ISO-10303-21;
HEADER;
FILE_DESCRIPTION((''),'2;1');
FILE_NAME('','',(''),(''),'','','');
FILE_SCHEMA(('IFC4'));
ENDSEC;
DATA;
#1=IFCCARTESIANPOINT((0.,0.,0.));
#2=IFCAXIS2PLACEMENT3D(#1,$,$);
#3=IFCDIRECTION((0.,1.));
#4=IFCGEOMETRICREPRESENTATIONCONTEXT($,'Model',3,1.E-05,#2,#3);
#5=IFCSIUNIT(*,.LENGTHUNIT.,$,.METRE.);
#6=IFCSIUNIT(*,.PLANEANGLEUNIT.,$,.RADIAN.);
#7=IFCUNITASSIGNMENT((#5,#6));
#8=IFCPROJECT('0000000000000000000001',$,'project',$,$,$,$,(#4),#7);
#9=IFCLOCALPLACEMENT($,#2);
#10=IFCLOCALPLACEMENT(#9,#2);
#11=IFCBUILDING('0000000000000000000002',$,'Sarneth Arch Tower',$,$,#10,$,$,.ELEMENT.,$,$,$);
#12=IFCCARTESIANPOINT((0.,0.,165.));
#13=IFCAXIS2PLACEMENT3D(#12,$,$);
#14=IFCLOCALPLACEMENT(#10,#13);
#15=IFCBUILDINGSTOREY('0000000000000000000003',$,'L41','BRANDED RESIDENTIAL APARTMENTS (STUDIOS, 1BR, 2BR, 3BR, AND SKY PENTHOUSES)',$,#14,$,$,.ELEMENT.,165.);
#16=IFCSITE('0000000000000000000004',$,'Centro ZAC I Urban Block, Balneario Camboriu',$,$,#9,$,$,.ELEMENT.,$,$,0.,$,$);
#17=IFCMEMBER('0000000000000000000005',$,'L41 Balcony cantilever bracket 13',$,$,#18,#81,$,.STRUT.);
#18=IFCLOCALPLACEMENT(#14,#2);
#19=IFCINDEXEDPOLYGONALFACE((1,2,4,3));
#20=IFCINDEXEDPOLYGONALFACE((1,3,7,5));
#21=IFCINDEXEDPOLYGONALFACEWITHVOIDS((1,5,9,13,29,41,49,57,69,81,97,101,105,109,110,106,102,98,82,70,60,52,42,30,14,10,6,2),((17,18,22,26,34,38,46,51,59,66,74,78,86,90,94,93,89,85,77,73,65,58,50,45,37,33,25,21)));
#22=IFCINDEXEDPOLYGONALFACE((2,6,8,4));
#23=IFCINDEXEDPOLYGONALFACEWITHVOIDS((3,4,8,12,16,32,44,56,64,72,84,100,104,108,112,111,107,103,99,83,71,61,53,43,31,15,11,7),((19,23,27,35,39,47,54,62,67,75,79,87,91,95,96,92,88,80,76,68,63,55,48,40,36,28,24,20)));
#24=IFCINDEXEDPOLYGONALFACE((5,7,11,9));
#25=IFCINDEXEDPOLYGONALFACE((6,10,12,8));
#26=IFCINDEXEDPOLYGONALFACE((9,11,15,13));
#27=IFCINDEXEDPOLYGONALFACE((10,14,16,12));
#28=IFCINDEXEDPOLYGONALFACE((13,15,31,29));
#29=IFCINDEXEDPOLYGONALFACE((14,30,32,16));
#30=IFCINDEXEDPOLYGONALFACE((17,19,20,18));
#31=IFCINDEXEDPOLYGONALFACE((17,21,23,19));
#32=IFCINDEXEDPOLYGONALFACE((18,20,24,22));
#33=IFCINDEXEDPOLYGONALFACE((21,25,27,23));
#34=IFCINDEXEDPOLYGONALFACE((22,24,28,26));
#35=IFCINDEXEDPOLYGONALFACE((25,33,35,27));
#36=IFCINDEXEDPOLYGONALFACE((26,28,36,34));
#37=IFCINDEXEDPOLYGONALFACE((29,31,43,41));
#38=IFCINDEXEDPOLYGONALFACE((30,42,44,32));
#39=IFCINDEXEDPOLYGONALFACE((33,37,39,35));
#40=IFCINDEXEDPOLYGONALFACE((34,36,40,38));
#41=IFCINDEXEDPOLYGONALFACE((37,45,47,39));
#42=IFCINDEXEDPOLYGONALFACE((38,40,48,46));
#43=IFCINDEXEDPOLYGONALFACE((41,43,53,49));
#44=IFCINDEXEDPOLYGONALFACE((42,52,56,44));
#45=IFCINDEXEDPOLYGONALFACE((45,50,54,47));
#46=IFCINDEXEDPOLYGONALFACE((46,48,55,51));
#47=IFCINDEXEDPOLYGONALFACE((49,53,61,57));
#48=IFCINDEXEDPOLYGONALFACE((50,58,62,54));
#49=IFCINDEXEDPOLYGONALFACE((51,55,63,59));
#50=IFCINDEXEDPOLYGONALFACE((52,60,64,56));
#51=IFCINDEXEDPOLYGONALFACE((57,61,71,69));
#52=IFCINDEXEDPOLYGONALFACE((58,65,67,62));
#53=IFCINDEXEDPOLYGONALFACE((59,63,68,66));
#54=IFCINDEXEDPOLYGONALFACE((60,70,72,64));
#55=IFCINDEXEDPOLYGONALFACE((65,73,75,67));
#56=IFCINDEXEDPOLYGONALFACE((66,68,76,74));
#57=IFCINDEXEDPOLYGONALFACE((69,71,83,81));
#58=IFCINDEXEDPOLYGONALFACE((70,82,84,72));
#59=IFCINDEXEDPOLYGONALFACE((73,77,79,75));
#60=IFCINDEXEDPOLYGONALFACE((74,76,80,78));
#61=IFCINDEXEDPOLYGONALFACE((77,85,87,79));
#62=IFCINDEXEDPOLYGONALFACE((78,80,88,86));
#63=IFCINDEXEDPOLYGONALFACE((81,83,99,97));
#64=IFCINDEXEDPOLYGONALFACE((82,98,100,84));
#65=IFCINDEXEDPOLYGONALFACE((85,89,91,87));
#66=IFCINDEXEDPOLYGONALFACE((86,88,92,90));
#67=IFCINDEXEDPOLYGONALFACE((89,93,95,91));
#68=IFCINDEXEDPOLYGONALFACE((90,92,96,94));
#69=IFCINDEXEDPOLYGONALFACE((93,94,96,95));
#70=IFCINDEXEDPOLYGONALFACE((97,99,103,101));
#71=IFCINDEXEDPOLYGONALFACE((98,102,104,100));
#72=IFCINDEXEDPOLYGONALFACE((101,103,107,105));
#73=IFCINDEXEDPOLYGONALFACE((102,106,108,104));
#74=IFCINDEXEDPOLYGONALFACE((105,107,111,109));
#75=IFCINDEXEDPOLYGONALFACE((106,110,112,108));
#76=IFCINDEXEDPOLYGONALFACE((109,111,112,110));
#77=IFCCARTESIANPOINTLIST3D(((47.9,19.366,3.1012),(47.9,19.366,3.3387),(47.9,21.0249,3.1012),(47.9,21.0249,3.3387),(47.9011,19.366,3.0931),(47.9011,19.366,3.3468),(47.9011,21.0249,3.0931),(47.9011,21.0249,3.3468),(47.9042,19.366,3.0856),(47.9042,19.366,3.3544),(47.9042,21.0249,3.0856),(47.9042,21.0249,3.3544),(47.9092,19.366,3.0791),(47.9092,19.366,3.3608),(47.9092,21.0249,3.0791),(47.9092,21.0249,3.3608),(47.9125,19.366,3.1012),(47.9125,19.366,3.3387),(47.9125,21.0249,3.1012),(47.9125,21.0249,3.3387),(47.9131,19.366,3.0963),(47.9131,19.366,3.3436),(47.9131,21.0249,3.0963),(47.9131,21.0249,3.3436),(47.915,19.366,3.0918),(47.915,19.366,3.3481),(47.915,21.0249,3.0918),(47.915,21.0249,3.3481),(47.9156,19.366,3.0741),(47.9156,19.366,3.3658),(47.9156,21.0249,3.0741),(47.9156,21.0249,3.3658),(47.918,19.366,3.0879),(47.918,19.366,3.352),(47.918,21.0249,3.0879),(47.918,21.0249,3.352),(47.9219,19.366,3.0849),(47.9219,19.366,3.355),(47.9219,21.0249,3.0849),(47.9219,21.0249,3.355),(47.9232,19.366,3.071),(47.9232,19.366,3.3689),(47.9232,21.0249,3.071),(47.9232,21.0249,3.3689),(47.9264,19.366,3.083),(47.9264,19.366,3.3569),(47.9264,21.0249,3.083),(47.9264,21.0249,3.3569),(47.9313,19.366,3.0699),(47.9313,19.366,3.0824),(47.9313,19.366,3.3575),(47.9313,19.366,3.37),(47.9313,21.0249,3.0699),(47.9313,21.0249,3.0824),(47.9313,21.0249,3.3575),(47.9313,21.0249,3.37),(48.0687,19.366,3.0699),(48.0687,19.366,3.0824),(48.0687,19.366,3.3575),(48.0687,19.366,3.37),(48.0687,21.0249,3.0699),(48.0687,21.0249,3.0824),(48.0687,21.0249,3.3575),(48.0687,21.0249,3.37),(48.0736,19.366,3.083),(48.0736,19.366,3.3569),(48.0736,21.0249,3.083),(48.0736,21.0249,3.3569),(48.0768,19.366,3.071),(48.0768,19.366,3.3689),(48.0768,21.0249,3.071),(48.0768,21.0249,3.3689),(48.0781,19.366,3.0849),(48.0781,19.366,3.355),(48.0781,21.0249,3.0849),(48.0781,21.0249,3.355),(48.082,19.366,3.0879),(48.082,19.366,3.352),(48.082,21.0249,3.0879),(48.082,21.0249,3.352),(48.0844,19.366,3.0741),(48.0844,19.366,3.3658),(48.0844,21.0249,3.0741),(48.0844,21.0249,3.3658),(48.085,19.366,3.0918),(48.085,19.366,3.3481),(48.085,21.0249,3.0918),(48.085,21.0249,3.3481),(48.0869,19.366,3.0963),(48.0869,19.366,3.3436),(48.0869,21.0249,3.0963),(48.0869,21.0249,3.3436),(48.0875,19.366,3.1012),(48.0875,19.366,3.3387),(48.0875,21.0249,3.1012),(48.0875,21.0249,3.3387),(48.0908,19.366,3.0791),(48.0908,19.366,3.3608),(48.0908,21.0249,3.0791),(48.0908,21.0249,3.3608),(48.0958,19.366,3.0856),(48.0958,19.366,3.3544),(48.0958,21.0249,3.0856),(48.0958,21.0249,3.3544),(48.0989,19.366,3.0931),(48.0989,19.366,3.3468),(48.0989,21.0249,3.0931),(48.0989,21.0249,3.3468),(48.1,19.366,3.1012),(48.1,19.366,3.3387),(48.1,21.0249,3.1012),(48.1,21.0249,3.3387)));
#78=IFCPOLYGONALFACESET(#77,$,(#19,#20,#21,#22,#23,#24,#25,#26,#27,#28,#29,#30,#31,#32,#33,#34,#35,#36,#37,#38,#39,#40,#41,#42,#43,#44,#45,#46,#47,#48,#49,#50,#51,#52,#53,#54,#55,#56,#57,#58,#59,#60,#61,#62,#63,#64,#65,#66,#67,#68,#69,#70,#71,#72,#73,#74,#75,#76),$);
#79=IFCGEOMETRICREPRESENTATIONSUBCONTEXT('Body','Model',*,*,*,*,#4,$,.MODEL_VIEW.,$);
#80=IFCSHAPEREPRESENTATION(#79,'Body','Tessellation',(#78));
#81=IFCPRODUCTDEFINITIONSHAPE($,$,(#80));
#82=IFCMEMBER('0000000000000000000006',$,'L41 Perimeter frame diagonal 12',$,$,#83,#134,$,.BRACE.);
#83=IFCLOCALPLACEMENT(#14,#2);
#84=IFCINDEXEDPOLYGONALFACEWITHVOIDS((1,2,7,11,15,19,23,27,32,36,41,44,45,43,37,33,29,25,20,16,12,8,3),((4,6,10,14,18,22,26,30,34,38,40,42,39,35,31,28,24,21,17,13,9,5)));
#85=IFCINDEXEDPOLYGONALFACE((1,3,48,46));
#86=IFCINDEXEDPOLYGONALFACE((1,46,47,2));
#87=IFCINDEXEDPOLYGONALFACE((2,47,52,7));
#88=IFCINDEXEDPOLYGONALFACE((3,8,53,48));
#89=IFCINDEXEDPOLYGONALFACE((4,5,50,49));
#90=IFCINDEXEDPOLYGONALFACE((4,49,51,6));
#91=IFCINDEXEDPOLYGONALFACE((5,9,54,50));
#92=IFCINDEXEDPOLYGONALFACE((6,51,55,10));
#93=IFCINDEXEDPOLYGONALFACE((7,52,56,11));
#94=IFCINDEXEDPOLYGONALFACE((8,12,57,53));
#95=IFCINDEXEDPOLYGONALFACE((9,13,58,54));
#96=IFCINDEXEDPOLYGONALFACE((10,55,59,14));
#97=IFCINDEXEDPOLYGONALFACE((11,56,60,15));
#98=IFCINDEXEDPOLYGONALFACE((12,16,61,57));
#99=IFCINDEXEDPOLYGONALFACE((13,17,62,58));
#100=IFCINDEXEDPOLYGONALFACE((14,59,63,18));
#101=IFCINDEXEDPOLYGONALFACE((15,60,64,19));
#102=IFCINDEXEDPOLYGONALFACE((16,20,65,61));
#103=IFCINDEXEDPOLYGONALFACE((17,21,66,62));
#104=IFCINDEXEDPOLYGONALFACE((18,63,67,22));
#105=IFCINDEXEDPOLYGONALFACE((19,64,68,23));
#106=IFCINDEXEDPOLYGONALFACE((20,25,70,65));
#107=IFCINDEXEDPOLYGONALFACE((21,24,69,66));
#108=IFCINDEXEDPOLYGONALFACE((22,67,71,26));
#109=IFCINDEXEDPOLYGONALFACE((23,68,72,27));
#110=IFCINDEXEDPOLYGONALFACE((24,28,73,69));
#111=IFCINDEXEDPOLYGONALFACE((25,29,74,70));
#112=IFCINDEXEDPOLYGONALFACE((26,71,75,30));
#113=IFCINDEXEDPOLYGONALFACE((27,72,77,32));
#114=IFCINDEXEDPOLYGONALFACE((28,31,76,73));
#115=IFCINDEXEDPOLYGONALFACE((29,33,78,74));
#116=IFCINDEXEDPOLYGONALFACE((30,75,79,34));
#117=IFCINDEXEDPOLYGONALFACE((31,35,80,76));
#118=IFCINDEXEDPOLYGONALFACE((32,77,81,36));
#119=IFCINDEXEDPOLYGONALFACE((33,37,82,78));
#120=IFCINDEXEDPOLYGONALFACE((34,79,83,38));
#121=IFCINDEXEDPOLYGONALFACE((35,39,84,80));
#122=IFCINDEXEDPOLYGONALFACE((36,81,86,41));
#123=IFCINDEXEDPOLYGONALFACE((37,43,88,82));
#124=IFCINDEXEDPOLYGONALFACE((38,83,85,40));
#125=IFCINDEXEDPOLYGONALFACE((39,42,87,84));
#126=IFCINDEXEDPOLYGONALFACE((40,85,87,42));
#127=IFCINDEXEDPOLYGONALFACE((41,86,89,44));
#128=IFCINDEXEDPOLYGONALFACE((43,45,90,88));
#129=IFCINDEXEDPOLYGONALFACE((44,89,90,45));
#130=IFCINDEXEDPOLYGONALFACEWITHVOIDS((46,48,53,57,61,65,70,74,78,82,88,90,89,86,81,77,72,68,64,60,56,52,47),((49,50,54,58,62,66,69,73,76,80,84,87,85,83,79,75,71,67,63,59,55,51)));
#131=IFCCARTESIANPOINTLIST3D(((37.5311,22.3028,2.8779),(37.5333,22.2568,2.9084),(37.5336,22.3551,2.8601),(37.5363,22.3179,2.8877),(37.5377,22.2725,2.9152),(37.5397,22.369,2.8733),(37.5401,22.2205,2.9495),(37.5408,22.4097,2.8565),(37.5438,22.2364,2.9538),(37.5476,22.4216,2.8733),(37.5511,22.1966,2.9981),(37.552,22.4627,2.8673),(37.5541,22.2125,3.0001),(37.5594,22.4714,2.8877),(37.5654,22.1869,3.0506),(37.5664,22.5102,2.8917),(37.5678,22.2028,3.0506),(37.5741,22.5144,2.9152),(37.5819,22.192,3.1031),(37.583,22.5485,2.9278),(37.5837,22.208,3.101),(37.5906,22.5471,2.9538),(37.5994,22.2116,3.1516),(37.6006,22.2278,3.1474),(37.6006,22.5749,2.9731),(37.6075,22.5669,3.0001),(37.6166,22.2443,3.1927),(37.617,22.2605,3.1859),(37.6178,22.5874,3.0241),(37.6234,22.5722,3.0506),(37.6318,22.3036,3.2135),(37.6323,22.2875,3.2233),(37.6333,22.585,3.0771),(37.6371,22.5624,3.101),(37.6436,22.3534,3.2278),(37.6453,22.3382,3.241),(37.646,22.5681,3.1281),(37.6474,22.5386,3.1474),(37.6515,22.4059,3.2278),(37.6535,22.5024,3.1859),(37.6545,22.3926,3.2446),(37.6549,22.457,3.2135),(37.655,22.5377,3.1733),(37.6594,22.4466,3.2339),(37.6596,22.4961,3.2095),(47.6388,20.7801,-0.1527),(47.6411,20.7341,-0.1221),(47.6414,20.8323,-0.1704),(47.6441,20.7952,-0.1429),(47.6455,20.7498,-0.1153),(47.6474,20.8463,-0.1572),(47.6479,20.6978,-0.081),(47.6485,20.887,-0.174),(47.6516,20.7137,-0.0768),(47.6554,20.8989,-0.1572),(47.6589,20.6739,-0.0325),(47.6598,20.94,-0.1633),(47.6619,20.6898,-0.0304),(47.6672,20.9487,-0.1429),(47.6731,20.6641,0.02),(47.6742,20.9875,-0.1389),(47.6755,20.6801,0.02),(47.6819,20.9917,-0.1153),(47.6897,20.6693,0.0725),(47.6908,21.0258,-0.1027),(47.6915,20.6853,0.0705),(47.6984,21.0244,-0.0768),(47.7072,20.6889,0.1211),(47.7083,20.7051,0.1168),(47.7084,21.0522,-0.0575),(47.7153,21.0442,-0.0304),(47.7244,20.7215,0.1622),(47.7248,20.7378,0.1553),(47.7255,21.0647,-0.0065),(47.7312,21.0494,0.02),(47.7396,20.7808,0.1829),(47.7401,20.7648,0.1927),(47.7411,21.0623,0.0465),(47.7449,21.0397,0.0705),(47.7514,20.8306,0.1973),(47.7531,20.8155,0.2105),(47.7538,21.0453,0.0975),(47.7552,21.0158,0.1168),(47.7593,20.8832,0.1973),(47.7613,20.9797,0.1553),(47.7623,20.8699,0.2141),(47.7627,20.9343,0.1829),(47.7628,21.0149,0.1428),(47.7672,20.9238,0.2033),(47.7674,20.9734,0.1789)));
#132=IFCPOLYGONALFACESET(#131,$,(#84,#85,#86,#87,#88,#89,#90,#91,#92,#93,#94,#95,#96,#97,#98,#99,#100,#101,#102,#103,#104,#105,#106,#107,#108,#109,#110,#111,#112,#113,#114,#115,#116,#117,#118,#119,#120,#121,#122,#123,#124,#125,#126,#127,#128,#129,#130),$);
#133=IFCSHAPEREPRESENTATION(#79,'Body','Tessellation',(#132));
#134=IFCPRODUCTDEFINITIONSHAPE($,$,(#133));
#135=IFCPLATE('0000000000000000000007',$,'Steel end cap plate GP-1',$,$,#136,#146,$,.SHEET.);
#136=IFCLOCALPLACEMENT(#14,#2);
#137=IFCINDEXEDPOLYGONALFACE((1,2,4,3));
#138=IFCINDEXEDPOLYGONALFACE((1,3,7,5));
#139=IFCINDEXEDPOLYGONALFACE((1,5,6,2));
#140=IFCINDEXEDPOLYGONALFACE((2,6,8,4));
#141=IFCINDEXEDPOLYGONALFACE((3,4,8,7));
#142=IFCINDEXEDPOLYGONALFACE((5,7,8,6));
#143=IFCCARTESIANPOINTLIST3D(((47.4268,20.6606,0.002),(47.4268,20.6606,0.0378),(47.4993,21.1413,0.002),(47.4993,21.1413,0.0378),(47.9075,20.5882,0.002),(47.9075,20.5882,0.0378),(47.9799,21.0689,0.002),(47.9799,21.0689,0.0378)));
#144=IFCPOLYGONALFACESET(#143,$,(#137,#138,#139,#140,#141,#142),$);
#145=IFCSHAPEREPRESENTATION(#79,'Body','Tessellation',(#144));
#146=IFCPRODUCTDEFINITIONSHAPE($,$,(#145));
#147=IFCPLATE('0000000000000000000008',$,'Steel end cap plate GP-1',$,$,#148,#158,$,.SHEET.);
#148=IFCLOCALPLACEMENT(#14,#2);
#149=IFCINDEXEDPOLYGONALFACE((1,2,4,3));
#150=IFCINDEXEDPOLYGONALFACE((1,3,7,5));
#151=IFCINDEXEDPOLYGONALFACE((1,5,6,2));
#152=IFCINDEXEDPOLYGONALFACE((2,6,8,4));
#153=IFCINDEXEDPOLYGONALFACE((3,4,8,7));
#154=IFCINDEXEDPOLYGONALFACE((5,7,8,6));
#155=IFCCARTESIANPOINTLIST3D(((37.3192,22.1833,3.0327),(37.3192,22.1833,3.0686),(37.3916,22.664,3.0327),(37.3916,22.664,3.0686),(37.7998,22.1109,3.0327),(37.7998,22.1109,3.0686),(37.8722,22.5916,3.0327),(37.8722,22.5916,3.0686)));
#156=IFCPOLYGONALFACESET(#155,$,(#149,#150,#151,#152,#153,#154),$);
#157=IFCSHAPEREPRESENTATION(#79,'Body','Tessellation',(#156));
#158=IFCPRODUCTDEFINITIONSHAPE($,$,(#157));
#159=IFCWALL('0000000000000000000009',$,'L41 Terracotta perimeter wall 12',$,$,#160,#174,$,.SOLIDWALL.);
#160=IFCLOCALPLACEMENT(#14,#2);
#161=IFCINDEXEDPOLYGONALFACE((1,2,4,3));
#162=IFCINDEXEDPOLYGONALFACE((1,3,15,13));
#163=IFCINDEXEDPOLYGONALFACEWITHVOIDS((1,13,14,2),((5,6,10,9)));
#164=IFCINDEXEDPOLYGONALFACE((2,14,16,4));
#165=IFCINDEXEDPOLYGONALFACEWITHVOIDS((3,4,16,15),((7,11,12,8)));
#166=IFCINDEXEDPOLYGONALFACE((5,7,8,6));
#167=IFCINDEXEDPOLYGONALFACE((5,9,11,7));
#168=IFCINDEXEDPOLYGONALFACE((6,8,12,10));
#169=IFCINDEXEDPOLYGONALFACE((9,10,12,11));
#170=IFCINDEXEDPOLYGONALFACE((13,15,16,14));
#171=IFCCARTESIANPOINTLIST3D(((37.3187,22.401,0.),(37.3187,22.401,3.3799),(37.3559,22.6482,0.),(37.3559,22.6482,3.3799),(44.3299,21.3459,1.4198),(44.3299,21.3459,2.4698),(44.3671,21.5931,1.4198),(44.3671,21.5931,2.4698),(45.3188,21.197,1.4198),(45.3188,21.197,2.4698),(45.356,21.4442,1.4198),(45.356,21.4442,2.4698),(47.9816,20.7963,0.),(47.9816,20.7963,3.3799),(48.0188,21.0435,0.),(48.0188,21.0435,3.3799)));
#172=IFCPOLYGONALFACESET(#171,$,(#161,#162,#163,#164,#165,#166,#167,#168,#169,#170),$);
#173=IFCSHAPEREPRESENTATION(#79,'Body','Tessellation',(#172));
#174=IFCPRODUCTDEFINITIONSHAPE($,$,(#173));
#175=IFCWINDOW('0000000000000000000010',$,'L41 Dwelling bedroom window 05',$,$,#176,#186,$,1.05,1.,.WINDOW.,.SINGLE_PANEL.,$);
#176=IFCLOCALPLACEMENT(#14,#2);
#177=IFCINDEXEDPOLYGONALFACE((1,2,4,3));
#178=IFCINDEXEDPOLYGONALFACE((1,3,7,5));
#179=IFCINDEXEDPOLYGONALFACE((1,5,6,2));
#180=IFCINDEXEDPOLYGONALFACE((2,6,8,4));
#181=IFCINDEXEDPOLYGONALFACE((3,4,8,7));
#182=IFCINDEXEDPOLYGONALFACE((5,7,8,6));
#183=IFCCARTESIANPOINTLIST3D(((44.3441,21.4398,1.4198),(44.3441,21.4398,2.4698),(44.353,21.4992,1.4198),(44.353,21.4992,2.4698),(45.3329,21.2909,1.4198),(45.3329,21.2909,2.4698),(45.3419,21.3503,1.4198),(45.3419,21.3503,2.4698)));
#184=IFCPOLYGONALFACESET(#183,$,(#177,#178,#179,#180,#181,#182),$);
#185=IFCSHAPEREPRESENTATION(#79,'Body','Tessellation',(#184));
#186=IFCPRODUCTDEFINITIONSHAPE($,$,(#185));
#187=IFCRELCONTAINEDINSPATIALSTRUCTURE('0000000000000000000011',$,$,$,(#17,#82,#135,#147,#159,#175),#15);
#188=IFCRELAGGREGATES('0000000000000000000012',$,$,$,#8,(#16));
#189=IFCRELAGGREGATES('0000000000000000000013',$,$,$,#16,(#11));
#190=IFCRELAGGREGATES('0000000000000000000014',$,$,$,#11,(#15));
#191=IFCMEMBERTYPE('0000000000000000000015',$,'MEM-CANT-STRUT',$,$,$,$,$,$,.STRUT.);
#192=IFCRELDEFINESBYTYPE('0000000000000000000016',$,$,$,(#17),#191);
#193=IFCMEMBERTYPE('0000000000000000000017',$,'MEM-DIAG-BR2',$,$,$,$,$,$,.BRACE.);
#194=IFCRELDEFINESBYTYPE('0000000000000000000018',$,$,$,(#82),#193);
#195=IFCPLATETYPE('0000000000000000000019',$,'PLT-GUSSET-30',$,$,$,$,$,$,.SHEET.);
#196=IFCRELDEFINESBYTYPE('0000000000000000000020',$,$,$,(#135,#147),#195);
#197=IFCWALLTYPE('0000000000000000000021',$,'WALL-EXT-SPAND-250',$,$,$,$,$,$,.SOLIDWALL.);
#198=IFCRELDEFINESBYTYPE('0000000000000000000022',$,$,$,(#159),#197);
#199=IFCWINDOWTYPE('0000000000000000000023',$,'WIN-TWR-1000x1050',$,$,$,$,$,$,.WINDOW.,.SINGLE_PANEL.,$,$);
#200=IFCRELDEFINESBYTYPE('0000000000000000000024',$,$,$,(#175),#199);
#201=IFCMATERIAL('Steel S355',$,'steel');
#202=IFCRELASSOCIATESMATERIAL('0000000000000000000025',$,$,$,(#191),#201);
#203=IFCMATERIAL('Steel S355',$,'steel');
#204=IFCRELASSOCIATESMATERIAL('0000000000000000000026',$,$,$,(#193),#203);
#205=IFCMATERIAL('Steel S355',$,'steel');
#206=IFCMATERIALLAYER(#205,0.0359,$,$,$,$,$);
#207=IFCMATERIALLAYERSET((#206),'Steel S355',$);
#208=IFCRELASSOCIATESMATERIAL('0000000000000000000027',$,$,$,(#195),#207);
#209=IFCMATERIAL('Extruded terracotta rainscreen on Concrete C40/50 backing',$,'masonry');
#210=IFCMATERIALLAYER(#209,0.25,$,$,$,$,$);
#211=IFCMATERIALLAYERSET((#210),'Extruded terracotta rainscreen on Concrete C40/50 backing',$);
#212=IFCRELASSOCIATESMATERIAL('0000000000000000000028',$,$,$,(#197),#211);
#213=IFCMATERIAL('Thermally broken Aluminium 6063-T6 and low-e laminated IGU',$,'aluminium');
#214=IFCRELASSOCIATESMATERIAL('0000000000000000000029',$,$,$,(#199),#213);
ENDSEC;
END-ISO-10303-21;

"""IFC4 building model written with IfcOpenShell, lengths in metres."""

from ifc_helpers import new_model, si_unit, direction, frame, frame_2d, origin, origin_2d, place, context, subcontext, project, spatial, rectangle, hollow_rectangle, hollow_circle, extrude, material, layer, layer_set, material_profile, profile_set, type_object, element, fill, save


model = new_model("IFC4")

# Units and contexts
model_context = context("Model", 3, precision=1e-05, world=origin(), true_north=direction((0.0, 1.0)))
body_context = subcontext(model_context, "Body", "Model", "MODEL_VIEW")
ifc_project = project(units=[si_unit("LENGTHUNIT", "METRE"), si_unit("PLANEANGLEUNIT", "RADIAN")], contexts=[model_context])

# Site, building, storey
site_placement = place(None, origin())
site = spatial("IfcSite", under=ifc_project, at=site_placement, Name="Centro ZAC I Urban Block, Balneario Camboriu", CompositionType="ELEMENT", RefElevation=0.0)
building_placement = place(site_placement, origin())
building = spatial("IfcBuilding", under=site, at=building_placement, Name="Sarneth Arch Tower", CompositionType="ELEMENT")
storey_placement = place(building_placement, frame((0.0, 0.0, 165.0)))
storey = spatial("IfcBuildingStorey", under=building, at=storey_placement, Name="L41", Description="BRANDED RESIDENTIAL APARTMENTS (STUDIOS, 1BR, 2BR, 3BR, AND SKY PENTHOUSES)", CompositionType="ELEMENT", Elevation=165.0)

# Members
ifc_material_1 = material(Name="Steel S355", Category="steel")
ifc_material_profile_1 = material_profile(ifc_material_1, hollow_rectangle(XDim=0.2, YDim=0.3, WallThickness=0.0125, InnerFilletRadius=0.0188, OuterFilletRadius=0.0312, at=origin_2d()), Name="RHS300x200x12.5")
ifc_profile_set_1 = profile_set([ifc_material_profile_1], Name="Steel S355")
member_type_1 = type_object("IfcMemberType", Name="MEM-CANT-STRUT", PredefinedType="STRUT", material=ifc_profile_set_1)
member_1_placement = place(storey_placement, frame((48.0, 21.0249, 3.22), z_axis=(0.0, -1.0, 0.0), x_axis=(1.0, 0.0, 0.0)))
element("IfcMember", 1, at=member_1_placement, inside=storey, type_object=member_type_1, Name="L41 Balcony cantilever bracket 13", PredefinedType="STRUT", context=body_context, shape_type="SweptSolid", body=[
    extrude(hollow_rectangle(XDim=0.2, YDim=0.3, WallThickness=0.0125, InnerFilletRadius=0.0188, OuterFilletRadius=0.0312, at=origin_2d()), origin(), (0.0, 0.0, 1.0), 1.6589),
])
ifc_material_2 = material(Name="Steel S355", Category="steel")
ifc_material_profile_2 = material_profile(ifc_material_2, hollow_circle(Radius=0.2029, WallThickness=0.0161, at=origin_2d()), Name="CHS406x16")
ifc_profile_set_2 = profile_set([ifc_material_profile_2], Name="Steel S355")
member_type_2 = type_object("IfcMemberType", Name="MEM-DIAG-BR2", PredefinedType="BRACE", material=ifc_profile_set_2)
member_2_placement = place(storey_placement, frame((47.7034, 20.8647, 0.02), z_axis=(-0.948053, 0.142823, 0.284249), x_axis=(-0.148968, -0.988842, 0.0)))
element("IfcMember", 2, at=member_2_placement, inside=storey, type_object=member_type_2, Name="L41 Perimeter frame diagonal 12", PredefinedType="BRACE", context=body_context, shape_type="SweptSolid", body=[
    extrude(hollow_circle(Radius=0.2029, WallThickness=0.0161, at=origin_2d()), origin(), (0.0, 0.0, 1.0), 10.6616),
])

# Plates
ifc_material_3 = material(Name="Steel S355", Category="steel")
ifc_layer_1 = layer(ifc_material_3, 0.0359)
ifc_layer_set_1 = layer_set([ifc_layer_1], Name="Steel S355")
plate_type = type_object("IfcPlateType", Name="PLT-GUSSET-30", PredefinedType="SHEET", material=ifc_layer_set_1)
for number, where, z_axis, x_axis, name in (
    (3, (47.7034, 20.8647, 0.002), (0.0, 0.0, 1.0), (0.988835, -0.149018, 0.0), "Steel end cap plate GP-1"),
    (4, (37.5957, 22.3875, 3.0327), (0.0, 0.0, 1.0), (0.988835, -0.149018, 0.0), "Steel end cap plate GP-1"),
):
    element("IfcPlate", number, at=place(storey_placement, frame(where, z_axis=z_axis, x_axis=x_axis)), inside=storey, type_object=plate_type, Name=name, PredefinedType="SHEET", context=body_context, shape_type="SweptSolid", body=[
        extrude(rectangle(XDim=0.4861, YDim=0.4861, at=origin_2d()), origin(), (0.0, 0.0, 1.0), 0.0359),
    ])

# Wall, opening, window
ifc_material_4 = material(Name="Extruded terracotta rainscreen on Concrete C40/50 backing", Category="masonry")
ifc_layer_2 = layer(ifc_material_4, 0.25)
ifc_layer_set_2 = layer_set([ifc_layer_2], Name="Extruded terracotta rainscreen on Concrete C40/50 backing")
wall_type_1 = type_object("IfcWallType", Name="WALL-EXT-SPAND-250", PredefinedType="SOLIDWALL", material=ifc_layer_set_2)
wall_1_placement = place(storey_placement, frame((37.3372, 22.5247, 0.0), z_axis=(0.0, 0.0, 1.0), x_axis=(0.988864, -0.148822, 0.0)))
wall_1 = element("IfcWall", 5, at=wall_1_placement, inside=storey, type_object=wall_type_1, Name="L41 Terracotta perimeter wall 12", PredefinedType="SOLIDWALL", context=body_context, shape_type="SweptSolid", body=[
    extrude(rectangle(XDim=10.783, YDim=0.25, at=frame_2d((5.3916, 0.0))), origin(), (0.0, 0.0, 1.0), 3.3799),
])
opening_1_placement = place(wall_1_placement, frame((7.0903, 0.0, 1.4199)))
opening_1 = element("IfcOpeningElement", 6, at=opening_1_placement, cuts=wall_1, PredefinedType="OPENING", context=body_context, shape_type="SweptSolid", body=[
    extrude(rectangle(XDim=1.0, YDim=1.05, at=frame_2d((0.5, 0.5249))), frame((0.0, 0.135, 0.0), z_axis=(0.0, -1.0, 0.0), x_axis=(1.0, 0.0, 0.0)), (0.0, 0.0, 1.0), 0.27),
])
ifc_material_5 = material(Name="Thermally broken Aluminium 6063-T6 and low-e laminated IGU", Category="aluminium")
window_type = type_object("IfcWindowType", Name="WIN-TWR-1000x1050", PartitioningType="SINGLE_PANEL", PredefinedType="WINDOW", material=ifc_material_5)
window_placement = place(opening_1_placement, origin())
window = element("IfcWindow", 7, at=window_placement, inside=storey, type_object=window_type, Name="L41 Dwelling bedroom window 05", OverallHeight=1.05, OverallWidth=1.0, PartitioningType="SINGLE_PANEL", PredefinedType="WINDOW", context=body_context, shape_type="SweptSolid", body=[
    extrude(rectangle(XDim=1.0, YDim=1.05, at=frame_2d((0.5, 0.5249))), frame((0.0, 0.03, 0.0), z_axis=(0.0, -1.0, 0.0), x_axis=(1.0, 0.0, 0.0)), (0.0, 0.0, 1.0), 0.0601),
])
fill(opening_1, window)

save(model, "model.ifc")
